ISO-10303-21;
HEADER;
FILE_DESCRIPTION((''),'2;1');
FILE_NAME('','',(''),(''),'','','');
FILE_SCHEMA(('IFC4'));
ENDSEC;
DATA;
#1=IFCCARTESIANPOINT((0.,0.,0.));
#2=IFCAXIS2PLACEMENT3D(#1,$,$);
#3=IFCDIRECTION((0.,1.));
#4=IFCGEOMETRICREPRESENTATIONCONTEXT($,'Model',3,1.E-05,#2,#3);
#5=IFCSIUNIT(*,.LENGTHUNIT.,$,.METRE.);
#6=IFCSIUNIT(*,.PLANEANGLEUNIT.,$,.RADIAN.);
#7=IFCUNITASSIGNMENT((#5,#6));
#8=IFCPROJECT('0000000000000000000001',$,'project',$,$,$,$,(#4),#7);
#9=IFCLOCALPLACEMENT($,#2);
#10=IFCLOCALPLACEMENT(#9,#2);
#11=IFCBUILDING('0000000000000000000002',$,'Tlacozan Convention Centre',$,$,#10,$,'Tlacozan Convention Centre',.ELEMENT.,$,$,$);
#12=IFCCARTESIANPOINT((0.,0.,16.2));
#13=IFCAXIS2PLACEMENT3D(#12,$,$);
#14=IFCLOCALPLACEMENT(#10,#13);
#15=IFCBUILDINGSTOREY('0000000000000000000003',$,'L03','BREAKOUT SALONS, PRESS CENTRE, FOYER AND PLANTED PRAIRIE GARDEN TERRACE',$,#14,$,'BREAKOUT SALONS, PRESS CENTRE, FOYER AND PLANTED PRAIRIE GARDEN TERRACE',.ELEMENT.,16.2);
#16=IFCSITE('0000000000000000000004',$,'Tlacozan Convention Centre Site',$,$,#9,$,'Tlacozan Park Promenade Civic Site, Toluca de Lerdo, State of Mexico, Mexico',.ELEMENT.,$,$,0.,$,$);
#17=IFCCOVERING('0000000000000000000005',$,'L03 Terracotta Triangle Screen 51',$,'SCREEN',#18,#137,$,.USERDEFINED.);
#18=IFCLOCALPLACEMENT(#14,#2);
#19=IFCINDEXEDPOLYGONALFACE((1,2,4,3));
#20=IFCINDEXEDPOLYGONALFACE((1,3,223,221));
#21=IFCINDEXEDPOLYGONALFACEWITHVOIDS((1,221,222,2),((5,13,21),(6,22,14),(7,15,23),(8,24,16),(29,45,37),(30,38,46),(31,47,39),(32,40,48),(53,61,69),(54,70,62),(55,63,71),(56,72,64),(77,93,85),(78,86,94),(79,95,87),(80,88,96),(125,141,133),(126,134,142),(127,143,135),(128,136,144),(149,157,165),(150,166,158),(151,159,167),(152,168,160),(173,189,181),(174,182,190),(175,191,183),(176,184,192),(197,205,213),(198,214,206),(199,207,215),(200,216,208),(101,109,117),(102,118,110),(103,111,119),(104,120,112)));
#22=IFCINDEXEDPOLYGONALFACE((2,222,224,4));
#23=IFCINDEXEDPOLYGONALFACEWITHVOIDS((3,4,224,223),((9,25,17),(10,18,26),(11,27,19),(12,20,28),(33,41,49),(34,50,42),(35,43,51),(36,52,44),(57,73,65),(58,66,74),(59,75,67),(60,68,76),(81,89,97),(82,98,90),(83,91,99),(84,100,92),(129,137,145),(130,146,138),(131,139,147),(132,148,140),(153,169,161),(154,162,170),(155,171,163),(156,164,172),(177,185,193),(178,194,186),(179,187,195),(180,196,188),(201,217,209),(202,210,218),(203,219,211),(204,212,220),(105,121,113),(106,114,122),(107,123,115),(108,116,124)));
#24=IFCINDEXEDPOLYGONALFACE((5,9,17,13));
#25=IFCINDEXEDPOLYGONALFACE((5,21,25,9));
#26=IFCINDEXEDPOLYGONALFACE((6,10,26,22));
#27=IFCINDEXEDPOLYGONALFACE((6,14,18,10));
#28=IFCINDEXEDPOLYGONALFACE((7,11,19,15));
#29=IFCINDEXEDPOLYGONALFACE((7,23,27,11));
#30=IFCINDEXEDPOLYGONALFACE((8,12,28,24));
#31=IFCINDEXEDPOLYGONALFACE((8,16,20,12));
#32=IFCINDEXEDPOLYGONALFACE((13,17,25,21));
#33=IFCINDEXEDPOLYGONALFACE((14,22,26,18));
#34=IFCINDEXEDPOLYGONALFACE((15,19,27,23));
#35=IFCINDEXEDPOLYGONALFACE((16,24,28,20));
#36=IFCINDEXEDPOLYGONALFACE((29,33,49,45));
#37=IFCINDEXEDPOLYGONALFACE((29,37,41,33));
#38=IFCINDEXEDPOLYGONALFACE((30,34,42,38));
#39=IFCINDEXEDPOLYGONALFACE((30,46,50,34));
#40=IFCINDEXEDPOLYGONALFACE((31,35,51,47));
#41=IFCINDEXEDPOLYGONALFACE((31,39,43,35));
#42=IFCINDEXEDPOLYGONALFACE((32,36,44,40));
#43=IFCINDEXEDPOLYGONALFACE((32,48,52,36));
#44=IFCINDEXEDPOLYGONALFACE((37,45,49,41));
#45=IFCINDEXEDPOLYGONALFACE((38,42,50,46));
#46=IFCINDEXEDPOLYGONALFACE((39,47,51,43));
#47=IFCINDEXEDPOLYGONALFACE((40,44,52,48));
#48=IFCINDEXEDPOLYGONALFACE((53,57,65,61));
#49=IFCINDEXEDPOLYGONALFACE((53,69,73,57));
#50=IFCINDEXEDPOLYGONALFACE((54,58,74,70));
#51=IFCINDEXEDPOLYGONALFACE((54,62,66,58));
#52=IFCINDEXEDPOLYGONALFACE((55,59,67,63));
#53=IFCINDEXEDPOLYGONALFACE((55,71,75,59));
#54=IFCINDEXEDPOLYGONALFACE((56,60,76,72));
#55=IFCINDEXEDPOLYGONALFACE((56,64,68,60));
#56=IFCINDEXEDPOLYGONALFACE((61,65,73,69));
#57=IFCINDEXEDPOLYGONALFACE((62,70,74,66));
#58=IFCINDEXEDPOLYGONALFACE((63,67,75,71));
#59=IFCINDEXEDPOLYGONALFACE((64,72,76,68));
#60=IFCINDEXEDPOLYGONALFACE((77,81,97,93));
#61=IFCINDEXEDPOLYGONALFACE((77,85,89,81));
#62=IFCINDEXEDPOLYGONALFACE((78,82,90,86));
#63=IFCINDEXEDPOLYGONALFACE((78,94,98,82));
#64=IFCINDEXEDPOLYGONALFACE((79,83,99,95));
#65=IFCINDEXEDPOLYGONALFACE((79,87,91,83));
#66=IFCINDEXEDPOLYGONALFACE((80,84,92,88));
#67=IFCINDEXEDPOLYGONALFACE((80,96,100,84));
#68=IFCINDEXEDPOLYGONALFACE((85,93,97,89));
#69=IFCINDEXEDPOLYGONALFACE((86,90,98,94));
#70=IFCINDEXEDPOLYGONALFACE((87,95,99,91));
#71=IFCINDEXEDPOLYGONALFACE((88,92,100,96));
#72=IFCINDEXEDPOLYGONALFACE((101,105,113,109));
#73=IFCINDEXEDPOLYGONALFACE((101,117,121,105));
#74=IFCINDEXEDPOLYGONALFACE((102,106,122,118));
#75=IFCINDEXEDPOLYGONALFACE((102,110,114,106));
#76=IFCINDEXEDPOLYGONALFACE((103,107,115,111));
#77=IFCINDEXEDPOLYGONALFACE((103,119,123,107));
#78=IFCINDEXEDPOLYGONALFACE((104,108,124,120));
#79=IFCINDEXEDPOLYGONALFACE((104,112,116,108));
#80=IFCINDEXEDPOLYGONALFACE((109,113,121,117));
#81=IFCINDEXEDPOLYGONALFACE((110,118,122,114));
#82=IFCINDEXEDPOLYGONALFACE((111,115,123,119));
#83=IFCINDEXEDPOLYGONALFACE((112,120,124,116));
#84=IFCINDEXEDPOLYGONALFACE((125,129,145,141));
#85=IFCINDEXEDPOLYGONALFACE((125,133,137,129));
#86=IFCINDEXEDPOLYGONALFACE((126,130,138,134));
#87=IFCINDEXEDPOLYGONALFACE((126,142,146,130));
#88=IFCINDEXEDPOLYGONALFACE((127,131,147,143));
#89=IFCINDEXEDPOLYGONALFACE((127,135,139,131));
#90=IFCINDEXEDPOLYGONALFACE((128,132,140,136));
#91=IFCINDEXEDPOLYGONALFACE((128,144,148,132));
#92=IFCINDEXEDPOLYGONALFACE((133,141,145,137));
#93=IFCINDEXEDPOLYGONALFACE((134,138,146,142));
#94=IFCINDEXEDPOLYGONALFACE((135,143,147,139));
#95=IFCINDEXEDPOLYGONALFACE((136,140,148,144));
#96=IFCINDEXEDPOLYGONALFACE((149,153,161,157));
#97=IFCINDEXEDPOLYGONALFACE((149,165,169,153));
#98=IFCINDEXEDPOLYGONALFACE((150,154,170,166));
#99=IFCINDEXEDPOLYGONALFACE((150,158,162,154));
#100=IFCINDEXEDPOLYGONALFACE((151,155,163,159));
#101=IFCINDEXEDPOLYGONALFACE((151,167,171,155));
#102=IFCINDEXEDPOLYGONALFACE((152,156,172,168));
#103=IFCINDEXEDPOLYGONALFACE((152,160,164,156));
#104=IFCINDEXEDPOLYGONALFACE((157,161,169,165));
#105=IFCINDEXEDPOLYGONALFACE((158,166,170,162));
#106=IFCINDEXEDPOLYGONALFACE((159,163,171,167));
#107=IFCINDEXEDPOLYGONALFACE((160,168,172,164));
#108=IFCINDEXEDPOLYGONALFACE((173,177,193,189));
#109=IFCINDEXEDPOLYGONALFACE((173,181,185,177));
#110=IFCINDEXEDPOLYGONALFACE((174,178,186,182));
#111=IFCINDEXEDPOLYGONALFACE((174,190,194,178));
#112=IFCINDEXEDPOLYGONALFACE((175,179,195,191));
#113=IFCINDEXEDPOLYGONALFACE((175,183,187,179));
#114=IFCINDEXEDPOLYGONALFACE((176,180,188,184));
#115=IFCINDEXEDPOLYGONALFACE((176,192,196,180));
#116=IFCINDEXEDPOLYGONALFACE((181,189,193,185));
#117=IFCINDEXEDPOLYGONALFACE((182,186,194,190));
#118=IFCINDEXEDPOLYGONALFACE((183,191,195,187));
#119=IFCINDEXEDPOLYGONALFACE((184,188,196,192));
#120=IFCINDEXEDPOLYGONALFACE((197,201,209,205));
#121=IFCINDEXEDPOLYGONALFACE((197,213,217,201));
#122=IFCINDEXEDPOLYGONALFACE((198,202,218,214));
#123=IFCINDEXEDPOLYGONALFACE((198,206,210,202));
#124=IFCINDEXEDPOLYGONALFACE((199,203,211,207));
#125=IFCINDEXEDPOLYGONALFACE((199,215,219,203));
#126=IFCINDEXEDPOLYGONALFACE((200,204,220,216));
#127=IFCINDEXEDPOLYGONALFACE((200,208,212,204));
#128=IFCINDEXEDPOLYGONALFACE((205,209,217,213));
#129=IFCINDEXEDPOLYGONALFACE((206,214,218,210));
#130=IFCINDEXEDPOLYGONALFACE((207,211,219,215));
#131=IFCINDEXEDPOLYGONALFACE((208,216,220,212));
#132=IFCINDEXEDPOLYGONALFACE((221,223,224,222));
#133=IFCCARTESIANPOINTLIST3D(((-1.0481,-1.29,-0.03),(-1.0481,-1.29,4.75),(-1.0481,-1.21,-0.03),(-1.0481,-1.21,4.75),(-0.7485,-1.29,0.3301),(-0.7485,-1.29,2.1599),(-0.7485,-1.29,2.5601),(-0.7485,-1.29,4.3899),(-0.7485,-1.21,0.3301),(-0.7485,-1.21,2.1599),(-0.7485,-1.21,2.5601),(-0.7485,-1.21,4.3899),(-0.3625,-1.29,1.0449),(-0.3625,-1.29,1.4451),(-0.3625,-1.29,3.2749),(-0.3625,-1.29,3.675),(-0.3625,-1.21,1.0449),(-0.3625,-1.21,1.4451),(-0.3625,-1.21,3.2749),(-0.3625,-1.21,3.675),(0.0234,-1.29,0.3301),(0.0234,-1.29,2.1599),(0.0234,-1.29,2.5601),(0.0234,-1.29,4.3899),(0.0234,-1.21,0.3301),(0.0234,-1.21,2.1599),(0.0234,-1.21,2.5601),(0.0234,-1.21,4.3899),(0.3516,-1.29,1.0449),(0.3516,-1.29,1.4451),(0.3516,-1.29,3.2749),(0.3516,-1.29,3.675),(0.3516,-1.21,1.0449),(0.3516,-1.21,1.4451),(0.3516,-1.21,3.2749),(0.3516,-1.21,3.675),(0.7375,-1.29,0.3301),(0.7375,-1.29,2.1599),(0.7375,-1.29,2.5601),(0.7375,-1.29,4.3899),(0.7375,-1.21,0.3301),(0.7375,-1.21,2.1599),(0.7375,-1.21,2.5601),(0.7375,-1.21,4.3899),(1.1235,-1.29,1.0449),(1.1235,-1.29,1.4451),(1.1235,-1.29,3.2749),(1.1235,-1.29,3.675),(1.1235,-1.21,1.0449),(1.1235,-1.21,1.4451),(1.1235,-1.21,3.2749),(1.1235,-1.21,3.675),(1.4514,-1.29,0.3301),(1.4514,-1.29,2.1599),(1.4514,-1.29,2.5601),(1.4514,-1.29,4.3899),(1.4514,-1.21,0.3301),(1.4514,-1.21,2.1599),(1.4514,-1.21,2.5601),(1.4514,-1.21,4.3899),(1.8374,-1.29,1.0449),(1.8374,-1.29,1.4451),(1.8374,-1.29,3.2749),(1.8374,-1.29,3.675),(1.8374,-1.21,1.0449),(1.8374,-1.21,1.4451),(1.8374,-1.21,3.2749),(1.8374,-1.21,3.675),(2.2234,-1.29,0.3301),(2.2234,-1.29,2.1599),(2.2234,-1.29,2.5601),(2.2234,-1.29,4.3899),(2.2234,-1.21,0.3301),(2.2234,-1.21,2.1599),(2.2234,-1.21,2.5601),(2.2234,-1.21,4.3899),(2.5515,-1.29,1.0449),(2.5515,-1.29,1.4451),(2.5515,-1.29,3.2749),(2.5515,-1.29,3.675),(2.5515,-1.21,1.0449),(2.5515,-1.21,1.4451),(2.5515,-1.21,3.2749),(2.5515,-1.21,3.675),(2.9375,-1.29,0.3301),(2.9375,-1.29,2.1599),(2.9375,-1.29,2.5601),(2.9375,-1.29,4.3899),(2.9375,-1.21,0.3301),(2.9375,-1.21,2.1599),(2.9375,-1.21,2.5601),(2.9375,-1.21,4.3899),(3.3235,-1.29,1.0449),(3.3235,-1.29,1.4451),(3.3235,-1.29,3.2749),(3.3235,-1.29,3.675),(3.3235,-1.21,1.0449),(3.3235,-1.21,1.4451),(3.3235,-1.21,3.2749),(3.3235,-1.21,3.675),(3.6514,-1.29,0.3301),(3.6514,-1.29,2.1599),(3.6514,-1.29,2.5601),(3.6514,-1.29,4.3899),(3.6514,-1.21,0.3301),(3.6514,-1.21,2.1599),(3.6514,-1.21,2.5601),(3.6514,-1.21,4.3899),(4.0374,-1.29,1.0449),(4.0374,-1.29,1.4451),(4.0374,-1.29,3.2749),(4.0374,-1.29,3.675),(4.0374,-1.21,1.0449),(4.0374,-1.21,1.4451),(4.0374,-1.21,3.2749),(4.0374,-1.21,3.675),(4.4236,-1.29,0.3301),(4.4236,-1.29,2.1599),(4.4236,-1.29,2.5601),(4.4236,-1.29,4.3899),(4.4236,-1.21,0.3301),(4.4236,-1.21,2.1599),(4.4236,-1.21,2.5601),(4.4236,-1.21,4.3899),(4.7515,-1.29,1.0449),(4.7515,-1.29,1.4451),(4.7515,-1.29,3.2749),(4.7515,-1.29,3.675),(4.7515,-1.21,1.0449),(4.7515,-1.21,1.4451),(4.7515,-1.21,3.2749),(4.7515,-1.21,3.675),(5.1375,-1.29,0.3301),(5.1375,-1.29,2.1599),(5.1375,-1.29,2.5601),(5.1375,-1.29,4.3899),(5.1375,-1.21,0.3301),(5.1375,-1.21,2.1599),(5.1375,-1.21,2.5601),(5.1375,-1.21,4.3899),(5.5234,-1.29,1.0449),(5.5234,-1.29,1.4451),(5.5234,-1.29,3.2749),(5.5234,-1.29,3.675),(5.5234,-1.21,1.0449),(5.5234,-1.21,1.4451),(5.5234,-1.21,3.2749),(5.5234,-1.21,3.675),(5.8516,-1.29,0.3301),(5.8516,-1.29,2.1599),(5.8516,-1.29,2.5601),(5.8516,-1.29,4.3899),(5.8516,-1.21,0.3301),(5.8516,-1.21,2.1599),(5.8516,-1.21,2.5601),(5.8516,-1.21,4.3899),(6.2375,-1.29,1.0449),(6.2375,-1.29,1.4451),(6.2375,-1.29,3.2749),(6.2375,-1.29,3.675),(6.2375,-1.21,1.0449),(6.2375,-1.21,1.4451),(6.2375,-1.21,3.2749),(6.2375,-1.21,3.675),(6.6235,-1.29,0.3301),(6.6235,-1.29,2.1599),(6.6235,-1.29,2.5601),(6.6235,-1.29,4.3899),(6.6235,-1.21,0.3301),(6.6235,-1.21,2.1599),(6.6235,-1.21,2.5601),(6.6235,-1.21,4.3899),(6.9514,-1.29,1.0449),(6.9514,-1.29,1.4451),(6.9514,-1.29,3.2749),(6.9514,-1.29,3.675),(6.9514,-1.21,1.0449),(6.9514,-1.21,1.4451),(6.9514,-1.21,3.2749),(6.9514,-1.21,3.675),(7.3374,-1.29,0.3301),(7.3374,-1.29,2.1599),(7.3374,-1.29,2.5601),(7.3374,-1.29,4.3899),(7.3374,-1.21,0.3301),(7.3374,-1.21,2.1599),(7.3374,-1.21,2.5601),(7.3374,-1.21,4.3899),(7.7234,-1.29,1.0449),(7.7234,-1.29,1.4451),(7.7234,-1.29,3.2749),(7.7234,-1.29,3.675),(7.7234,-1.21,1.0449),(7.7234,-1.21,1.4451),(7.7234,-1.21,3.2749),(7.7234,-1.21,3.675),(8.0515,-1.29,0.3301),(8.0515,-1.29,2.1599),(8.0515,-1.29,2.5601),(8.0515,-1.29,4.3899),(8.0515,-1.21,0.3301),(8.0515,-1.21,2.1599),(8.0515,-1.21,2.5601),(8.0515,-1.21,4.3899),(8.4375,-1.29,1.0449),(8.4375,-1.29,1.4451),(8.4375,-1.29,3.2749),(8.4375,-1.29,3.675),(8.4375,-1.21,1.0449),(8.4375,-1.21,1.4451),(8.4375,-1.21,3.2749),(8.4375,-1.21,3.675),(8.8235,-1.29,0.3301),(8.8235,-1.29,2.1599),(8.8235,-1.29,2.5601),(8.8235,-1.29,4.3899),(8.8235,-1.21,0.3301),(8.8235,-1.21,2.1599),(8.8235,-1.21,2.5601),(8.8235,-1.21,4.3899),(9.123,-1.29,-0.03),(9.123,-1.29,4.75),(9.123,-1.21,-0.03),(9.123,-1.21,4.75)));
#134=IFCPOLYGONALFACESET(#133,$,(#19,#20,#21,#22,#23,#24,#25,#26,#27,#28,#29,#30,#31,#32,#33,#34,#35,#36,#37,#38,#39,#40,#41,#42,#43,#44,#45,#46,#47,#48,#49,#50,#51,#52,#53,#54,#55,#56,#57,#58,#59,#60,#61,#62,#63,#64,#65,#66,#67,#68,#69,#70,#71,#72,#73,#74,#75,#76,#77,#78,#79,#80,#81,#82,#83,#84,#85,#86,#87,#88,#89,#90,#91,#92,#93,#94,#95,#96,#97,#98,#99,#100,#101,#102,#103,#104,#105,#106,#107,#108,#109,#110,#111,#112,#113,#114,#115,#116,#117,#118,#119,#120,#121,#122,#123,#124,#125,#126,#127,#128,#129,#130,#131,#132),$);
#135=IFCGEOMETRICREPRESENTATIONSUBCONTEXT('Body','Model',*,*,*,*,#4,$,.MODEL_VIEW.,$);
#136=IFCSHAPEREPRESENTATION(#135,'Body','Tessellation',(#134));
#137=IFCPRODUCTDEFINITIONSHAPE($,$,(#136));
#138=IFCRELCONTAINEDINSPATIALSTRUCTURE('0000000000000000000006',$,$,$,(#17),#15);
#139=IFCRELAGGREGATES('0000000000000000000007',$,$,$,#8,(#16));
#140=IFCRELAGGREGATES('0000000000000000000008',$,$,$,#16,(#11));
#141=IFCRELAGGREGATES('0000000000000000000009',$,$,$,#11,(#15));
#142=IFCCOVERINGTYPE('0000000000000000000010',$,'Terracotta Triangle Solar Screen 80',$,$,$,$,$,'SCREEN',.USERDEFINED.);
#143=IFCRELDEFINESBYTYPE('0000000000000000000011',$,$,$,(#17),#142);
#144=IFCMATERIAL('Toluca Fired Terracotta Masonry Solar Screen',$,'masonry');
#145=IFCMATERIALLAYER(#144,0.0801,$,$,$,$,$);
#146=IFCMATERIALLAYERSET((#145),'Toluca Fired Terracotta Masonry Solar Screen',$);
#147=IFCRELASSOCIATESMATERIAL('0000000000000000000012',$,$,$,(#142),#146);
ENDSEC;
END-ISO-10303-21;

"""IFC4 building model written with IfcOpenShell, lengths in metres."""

from ifc_helpers import new_model, si_unit, direction, frame, origin, place, context, subcontext, project, spatial, polyline, outline, extrude, material, layer, layer_set, type_object, element, save


model = new_model("IFC4")

# Units and contexts
model_context = context("Model", 3, precision=1e-05, world=origin(), true_north=direction((0.0, 1.0)))
body_context = subcontext(model_context, "Body", "Model", "MODEL_VIEW")
ifc_project = project(units=[si_unit("LENGTHUNIT", "METRE"), si_unit("PLANEANGLEUNIT", "RADIAN")], contexts=[model_context])

# Site, building, storey
site_placement = place(None, origin())
site = spatial("IfcSite", under=ifc_project, at=site_placement, Name="Tlacozan Convention Centre Site", LongName="Tlacozan Park Promenade Civic Site, Toluca de Lerdo, State of Mexico, Mexico", CompositionType="ELEMENT", RefElevation=0.0)
building_placement = place(site_placement, origin())
building = spatial("IfcBuilding", under=site, at=building_placement, Name="Tlacozan Convention Centre", LongName="Tlacozan Convention Centre", CompositionType="ELEMENT")
storey_placement = place(building_placement, frame((0.0, 0.0, 16.2)))
storey = spatial("IfcBuildingStorey", under=building, at=storey_placement, Name="L03", Description="BREAKOUT SALONS, PRESS CENTRE, FOYER AND PLANTED PRAIRIE GARDEN TERRACE", LongName="BREAKOUT SALONS, PRESS CENTRE, FOYER AND PLANTED PRAIRIE GARDEN TERRACE", CompositionType="ELEMENT", Elevation=16.2)

# Covering
ifc_material_1 = material(Name="Toluca Fired Terracotta Masonry Solar Screen", Category="masonry")
ifc_layer_1 = layer(ifc_material_1, 0.0801)
ifc_layer_set_1 = layer_set([ifc_layer_1], Name="Toluca Fired Terracotta Masonry Solar Screen")
covering_type_1 = type_object("IfcCoveringType", Name="Terracotta Triangle Solar Screen 80", ElementType="SCREEN", PredefinedType="USERDEFINED", material=ifc_layer_set_1)
covering_1_placement = place(storey_placement, frame((-1.0481, -1.25, -0.03), z_axis=(0.0, 0.0, 1.0), x_axis=(1.0, 0.0, 0.0)))
element("IfcCovering", 1, at=covering_1_placement, inside=storey, type_object=covering_type_1, Name="L03 Terracotta Triangle Screen 51", ObjectType="SCREEN", PredefinedType="USERDEFINED", context=body_context, shape_type="SweptSolid", body=[
    extrude(outline(polyline([(0.0, 0.0), (10.1711, 0.0), (10.1711, 4.78), (0.0, 4.78), (0.0, 0.0)]), holes=[polyline([(0.2996, 0.3601), (1.0715, 0.3601), (0.6855, 1.075), (0.2996, 0.3601)]), polyline([(1.3997, 1.075), (2.1716, 1.075), (1.7856, 0.3601), (1.3997, 1.075)]), polyline([(2.4995, 0.3601), (3.2715, 0.3601), (2.8855, 1.075), (2.4995, 0.3601)]), polyline([(3.5996, 1.075), (4.3716, 1.075), (3.9856, 0.3601), (3.5996, 1.075)]), polyline([(4.6995, 0.3601), (5.4717, 0.3601), (5.0854, 1.075), (4.6995, 0.3601)]), polyline([(5.7996, 1.075), (6.5715, 1.075), (6.1855, 0.3601), (5.7996, 1.075)]), polyline([(6.8997, 0.3601), (7.6716, 0.3601), (7.2856, 1.075), (6.8997, 0.3601)]), polyline([(7.9995, 1.075), (8.7715, 1.075), (8.3855, 0.3601), (7.9995, 1.075)]), polyline([(9.0996, 0.3601), (9.8716, 0.3601), (9.4856, 1.075), (9.0996, 0.3601)]), polyline([(0.2996, 2.1899), (1.0715, 2.1899), (0.6855, 1.4751), (0.2996, 2.1899)]), polyline([(1.3997, 1.4751), (2.1716, 1.4751), (1.7856, 2.1899), (1.3997, 1.4751)]), polyline([(2.4995, 2.1899), (3.2715, 2.1899), (2.8855, 1.4751), (2.4995, 2.1899)]), polyline([(3.5996, 1.4751), (4.3716, 1.4751), (3.9856, 2.1899), (3.5996, 1.4751)]), polyline([(4.6995, 2.1899), (5.4717, 2.1899), (5.0854, 1.4751), (4.6995, 2.1899)]), polyline([(5.7996, 1.4751), (6.5715, 1.4751), (6.1855, 2.1899), (5.7996, 1.4751)]), polyline([(6.8997, 2.1899), (7.6716, 2.1899), (7.2856, 1.4751), (6.8997, 2.1899)]), polyline([(7.9995, 1.4751), (8.7715, 1.4751), (8.3855, 2.1899), (7.9995, 1.4751)]), polyline([(9.0996, 2.1899), (9.8716, 2.1899), (9.4856, 1.4751), (9.0996, 2.1899)]), polyline([(0.2996, 2.5901), (1.0715, 2.5901), (0.6855, 3.3049), (0.2996, 2.5901)]), polyline([(1.3997, 3.3049), (2.1716, 3.3049), (1.7856, 2.5901), (1.3997, 3.3049)]), polyline([(2.4995, 2.5901), (3.2715, 2.5901), (2.8855, 3.3049), (2.4995, 2.5901)]), polyline([(3.5996, 3.3049), (4.3716, 3.3049), (3.9856, 2.5901), (3.5996, 3.3049)]), polyline([(4.6995, 2.5901), (5.4717, 2.5901), (5.0854, 3.3049), (4.6995, 2.5901)]), polyline([(5.7996, 3.3049), (6.5715, 3.3049), (6.1855, 2.5901), (5.7996, 3.3049)]), polyline([(6.8997, 2.5901), (7.6716, 2.5901), (7.2856, 3.3049), (6.8997, 2.5901)]), polyline([(7.9995, 3.3049), (8.7715, 3.3049), (8.3855, 2.5901), (7.9995, 3.3049)]), polyline([(9.0996, 2.5901), (9.8716, 2.5901), (9.4856, 3.3049), (9.0996, 2.5901)]), polyline([(0.2996, 4.4199), (1.0715, 4.4199), (0.6855, 3.7051), (0.2996, 4.4199)]), polyline([(1.3997, 3.7051), (2.1716, 3.7051), (1.7856, 4.4199), (1.3997, 3.7051)]), polyline([(2.4995, 4.4199), (3.2715, 4.4199), (2.8855, 3.7051), (2.4995, 4.4199)]), polyline([(3.5996, 3.7051), (4.3716, 3.7051), (3.9856, 4.4199), (3.5996, 3.7051)]), polyline([(4.6995, 4.4199), (5.4717, 4.4199), (5.0854, 3.7051), (4.6995, 4.4199)]), polyline([(5.7996, 3.7051), (6.5715, 3.7051), (6.1855, 4.4199), (5.7996, 3.7051)]), polyline([(6.8997, 4.4199), (7.6716, 4.4199), (7.2856, 3.7051), (6.8997, 4.4199)]), polyline([(7.9995, 3.7051), (8.7715, 3.7051), (8.3855, 4.4199), (7.9995, 3.7051)]), polyline([(9.0996, 4.4199), (9.8716, 4.4199), (9.4856, 3.7051), (9.0996, 4.4199)])]), frame((0.0, 0.04, 0.0), z_axis=(0.0, -1.0, 0.0), x_axis=(1.0, 0.0, 0.0)), (0.0, 0.0, 1.0), 0.0801),
])

save(model, "model.ifc")
